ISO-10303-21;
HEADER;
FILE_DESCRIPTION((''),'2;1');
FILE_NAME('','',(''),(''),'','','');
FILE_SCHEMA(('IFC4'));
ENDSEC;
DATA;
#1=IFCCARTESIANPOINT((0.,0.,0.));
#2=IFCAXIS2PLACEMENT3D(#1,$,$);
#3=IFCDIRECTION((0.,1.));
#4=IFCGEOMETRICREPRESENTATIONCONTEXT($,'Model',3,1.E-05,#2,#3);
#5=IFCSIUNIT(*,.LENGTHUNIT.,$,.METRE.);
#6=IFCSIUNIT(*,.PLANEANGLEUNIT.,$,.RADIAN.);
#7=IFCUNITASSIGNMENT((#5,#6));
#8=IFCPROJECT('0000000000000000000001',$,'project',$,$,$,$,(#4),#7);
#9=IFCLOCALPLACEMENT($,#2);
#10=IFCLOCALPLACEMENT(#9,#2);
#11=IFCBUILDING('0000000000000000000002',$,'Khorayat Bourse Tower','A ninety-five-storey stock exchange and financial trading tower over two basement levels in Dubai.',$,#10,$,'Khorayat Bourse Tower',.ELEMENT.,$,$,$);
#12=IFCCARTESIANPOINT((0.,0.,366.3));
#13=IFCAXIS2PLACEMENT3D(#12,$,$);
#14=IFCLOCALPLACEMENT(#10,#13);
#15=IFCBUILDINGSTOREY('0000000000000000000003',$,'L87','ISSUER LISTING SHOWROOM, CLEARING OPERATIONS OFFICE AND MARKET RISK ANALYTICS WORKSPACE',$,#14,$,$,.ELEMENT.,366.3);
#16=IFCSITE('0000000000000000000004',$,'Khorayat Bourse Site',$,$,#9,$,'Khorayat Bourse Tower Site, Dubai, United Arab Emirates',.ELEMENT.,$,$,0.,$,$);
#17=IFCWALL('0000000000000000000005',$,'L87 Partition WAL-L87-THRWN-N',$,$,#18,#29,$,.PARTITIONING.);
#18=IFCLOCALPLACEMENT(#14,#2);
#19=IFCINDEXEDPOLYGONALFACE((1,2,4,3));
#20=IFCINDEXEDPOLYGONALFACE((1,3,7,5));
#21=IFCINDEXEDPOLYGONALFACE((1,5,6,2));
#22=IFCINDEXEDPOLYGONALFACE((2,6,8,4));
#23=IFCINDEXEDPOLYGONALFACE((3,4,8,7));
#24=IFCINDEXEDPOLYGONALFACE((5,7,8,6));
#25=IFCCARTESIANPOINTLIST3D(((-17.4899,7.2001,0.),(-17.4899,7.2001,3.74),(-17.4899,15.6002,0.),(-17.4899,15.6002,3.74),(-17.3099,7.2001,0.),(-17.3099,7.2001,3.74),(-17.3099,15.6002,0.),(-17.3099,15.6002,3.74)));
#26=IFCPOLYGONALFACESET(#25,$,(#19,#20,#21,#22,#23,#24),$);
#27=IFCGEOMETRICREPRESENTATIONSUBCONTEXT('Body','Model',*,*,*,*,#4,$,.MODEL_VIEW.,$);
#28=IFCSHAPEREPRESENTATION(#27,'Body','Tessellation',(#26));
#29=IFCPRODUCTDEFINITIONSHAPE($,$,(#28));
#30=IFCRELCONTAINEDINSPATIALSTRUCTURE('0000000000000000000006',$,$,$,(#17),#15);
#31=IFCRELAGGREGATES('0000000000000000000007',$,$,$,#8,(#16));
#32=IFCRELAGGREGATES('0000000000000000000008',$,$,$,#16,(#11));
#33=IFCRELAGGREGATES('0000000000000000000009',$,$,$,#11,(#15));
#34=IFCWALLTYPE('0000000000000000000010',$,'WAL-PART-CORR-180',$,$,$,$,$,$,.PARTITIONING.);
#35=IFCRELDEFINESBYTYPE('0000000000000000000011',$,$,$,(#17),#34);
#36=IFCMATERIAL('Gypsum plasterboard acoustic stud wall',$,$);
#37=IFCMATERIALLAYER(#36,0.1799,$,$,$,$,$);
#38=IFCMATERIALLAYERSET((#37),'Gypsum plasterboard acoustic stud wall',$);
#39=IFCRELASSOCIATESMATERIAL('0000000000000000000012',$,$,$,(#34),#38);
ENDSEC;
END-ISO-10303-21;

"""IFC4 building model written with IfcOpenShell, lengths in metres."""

from ifc_helpers import new_model, si_unit, direction, frame, frame_2d, origin, place, context, subcontext, project, spatial, rectangle, extrude, source, transform, mapped, material, layer, layer_set, type_object, element, save


model = new_model("IFC4")

# Units and contexts
model_context = context("Model", 3, precision=1e-05, world=origin(), true_north=direction((0.0, 1.0)))
body_context = subcontext(model_context, "Body", "Model", "MODEL_VIEW")
ifc_project = project(units=[si_unit("LENGTHUNIT", "METRE"), si_unit("PLANEANGLEUNIT", "RADIAN")], contexts=[model_context])

# Site, building, storey
site_placement = place(None, origin())
site = spatial("IfcSite", under=ifc_project, at=site_placement, Name="Khorayat Bourse Site", LongName="Khorayat Bourse Tower Site, Dubai, United Arab Emirates", CompositionType="ELEMENT", RefElevation=0.0)
building_placement = place(site_placement, origin())
building = spatial("IfcBuilding", under=site, at=building_placement, Name="Khorayat Bourse Tower", Description="A ninety-five-storey stock exchange and financial trading tower over two basement levels in Dubai.", LongName="Khorayat Bourse Tower", CompositionType="ELEMENT")
storey_placement = place(building_placement, frame((0.0, 0.0, 366.3)))
storey = spatial("IfcBuildingStorey", under=building, at=storey_placement, Name="L87", Description="ISSUER LISTING SHOWROOM, CLEARING OPERATIONS OFFICE AND MARKET RISK ANALYTICS WORKSPACE", CompositionType="ELEMENT", Elevation=366.3)

# Wall
ifc_material_1 = material(Name="Gypsum plasterboard acoustic stud wall")
ifc_layer_1 = layer(ifc_material_1, 0.1799)
ifc_layer_set_1 = layer_set([ifc_layer_1], Name="Gypsum plasterboard acoustic stud wall")
wall_type_1 = type_object("IfcWallType", Name="WAL-PART-CORR-180", PredefinedType="PARTITIONING", material=ifc_layer_set_1)
shared_shape_1 = source(origin(), body_context, "Body", "SweptSolid", [
    extrude(rectangle(XDim=8.4001, YDim=0.1799, at=frame_2d((4.2002, 0.0))), origin(), (0.0, 0.0, 1.0), 3.74),
])
wall_1_placement = place(storey_placement, frame((-17.3999, 7.2, 0.0), z_axis=(0.0, 0.0, 1.0), x_axis=(0.0, 1.0, 0.0)))
element("IfcWall", 1, at=wall_1_placement, inside=storey, type_object=wall_type_1, Name="L87 Partition WAL-L87-THRWN-N", PredefinedType="PARTITIONING", context=body_context, shape_type="MappedRepresentation", body=[
    mapped(shared_shape_1, transform((0.0, 0.0, 0.0), scale=1.0)),
])

save(model, "model.ifc")
